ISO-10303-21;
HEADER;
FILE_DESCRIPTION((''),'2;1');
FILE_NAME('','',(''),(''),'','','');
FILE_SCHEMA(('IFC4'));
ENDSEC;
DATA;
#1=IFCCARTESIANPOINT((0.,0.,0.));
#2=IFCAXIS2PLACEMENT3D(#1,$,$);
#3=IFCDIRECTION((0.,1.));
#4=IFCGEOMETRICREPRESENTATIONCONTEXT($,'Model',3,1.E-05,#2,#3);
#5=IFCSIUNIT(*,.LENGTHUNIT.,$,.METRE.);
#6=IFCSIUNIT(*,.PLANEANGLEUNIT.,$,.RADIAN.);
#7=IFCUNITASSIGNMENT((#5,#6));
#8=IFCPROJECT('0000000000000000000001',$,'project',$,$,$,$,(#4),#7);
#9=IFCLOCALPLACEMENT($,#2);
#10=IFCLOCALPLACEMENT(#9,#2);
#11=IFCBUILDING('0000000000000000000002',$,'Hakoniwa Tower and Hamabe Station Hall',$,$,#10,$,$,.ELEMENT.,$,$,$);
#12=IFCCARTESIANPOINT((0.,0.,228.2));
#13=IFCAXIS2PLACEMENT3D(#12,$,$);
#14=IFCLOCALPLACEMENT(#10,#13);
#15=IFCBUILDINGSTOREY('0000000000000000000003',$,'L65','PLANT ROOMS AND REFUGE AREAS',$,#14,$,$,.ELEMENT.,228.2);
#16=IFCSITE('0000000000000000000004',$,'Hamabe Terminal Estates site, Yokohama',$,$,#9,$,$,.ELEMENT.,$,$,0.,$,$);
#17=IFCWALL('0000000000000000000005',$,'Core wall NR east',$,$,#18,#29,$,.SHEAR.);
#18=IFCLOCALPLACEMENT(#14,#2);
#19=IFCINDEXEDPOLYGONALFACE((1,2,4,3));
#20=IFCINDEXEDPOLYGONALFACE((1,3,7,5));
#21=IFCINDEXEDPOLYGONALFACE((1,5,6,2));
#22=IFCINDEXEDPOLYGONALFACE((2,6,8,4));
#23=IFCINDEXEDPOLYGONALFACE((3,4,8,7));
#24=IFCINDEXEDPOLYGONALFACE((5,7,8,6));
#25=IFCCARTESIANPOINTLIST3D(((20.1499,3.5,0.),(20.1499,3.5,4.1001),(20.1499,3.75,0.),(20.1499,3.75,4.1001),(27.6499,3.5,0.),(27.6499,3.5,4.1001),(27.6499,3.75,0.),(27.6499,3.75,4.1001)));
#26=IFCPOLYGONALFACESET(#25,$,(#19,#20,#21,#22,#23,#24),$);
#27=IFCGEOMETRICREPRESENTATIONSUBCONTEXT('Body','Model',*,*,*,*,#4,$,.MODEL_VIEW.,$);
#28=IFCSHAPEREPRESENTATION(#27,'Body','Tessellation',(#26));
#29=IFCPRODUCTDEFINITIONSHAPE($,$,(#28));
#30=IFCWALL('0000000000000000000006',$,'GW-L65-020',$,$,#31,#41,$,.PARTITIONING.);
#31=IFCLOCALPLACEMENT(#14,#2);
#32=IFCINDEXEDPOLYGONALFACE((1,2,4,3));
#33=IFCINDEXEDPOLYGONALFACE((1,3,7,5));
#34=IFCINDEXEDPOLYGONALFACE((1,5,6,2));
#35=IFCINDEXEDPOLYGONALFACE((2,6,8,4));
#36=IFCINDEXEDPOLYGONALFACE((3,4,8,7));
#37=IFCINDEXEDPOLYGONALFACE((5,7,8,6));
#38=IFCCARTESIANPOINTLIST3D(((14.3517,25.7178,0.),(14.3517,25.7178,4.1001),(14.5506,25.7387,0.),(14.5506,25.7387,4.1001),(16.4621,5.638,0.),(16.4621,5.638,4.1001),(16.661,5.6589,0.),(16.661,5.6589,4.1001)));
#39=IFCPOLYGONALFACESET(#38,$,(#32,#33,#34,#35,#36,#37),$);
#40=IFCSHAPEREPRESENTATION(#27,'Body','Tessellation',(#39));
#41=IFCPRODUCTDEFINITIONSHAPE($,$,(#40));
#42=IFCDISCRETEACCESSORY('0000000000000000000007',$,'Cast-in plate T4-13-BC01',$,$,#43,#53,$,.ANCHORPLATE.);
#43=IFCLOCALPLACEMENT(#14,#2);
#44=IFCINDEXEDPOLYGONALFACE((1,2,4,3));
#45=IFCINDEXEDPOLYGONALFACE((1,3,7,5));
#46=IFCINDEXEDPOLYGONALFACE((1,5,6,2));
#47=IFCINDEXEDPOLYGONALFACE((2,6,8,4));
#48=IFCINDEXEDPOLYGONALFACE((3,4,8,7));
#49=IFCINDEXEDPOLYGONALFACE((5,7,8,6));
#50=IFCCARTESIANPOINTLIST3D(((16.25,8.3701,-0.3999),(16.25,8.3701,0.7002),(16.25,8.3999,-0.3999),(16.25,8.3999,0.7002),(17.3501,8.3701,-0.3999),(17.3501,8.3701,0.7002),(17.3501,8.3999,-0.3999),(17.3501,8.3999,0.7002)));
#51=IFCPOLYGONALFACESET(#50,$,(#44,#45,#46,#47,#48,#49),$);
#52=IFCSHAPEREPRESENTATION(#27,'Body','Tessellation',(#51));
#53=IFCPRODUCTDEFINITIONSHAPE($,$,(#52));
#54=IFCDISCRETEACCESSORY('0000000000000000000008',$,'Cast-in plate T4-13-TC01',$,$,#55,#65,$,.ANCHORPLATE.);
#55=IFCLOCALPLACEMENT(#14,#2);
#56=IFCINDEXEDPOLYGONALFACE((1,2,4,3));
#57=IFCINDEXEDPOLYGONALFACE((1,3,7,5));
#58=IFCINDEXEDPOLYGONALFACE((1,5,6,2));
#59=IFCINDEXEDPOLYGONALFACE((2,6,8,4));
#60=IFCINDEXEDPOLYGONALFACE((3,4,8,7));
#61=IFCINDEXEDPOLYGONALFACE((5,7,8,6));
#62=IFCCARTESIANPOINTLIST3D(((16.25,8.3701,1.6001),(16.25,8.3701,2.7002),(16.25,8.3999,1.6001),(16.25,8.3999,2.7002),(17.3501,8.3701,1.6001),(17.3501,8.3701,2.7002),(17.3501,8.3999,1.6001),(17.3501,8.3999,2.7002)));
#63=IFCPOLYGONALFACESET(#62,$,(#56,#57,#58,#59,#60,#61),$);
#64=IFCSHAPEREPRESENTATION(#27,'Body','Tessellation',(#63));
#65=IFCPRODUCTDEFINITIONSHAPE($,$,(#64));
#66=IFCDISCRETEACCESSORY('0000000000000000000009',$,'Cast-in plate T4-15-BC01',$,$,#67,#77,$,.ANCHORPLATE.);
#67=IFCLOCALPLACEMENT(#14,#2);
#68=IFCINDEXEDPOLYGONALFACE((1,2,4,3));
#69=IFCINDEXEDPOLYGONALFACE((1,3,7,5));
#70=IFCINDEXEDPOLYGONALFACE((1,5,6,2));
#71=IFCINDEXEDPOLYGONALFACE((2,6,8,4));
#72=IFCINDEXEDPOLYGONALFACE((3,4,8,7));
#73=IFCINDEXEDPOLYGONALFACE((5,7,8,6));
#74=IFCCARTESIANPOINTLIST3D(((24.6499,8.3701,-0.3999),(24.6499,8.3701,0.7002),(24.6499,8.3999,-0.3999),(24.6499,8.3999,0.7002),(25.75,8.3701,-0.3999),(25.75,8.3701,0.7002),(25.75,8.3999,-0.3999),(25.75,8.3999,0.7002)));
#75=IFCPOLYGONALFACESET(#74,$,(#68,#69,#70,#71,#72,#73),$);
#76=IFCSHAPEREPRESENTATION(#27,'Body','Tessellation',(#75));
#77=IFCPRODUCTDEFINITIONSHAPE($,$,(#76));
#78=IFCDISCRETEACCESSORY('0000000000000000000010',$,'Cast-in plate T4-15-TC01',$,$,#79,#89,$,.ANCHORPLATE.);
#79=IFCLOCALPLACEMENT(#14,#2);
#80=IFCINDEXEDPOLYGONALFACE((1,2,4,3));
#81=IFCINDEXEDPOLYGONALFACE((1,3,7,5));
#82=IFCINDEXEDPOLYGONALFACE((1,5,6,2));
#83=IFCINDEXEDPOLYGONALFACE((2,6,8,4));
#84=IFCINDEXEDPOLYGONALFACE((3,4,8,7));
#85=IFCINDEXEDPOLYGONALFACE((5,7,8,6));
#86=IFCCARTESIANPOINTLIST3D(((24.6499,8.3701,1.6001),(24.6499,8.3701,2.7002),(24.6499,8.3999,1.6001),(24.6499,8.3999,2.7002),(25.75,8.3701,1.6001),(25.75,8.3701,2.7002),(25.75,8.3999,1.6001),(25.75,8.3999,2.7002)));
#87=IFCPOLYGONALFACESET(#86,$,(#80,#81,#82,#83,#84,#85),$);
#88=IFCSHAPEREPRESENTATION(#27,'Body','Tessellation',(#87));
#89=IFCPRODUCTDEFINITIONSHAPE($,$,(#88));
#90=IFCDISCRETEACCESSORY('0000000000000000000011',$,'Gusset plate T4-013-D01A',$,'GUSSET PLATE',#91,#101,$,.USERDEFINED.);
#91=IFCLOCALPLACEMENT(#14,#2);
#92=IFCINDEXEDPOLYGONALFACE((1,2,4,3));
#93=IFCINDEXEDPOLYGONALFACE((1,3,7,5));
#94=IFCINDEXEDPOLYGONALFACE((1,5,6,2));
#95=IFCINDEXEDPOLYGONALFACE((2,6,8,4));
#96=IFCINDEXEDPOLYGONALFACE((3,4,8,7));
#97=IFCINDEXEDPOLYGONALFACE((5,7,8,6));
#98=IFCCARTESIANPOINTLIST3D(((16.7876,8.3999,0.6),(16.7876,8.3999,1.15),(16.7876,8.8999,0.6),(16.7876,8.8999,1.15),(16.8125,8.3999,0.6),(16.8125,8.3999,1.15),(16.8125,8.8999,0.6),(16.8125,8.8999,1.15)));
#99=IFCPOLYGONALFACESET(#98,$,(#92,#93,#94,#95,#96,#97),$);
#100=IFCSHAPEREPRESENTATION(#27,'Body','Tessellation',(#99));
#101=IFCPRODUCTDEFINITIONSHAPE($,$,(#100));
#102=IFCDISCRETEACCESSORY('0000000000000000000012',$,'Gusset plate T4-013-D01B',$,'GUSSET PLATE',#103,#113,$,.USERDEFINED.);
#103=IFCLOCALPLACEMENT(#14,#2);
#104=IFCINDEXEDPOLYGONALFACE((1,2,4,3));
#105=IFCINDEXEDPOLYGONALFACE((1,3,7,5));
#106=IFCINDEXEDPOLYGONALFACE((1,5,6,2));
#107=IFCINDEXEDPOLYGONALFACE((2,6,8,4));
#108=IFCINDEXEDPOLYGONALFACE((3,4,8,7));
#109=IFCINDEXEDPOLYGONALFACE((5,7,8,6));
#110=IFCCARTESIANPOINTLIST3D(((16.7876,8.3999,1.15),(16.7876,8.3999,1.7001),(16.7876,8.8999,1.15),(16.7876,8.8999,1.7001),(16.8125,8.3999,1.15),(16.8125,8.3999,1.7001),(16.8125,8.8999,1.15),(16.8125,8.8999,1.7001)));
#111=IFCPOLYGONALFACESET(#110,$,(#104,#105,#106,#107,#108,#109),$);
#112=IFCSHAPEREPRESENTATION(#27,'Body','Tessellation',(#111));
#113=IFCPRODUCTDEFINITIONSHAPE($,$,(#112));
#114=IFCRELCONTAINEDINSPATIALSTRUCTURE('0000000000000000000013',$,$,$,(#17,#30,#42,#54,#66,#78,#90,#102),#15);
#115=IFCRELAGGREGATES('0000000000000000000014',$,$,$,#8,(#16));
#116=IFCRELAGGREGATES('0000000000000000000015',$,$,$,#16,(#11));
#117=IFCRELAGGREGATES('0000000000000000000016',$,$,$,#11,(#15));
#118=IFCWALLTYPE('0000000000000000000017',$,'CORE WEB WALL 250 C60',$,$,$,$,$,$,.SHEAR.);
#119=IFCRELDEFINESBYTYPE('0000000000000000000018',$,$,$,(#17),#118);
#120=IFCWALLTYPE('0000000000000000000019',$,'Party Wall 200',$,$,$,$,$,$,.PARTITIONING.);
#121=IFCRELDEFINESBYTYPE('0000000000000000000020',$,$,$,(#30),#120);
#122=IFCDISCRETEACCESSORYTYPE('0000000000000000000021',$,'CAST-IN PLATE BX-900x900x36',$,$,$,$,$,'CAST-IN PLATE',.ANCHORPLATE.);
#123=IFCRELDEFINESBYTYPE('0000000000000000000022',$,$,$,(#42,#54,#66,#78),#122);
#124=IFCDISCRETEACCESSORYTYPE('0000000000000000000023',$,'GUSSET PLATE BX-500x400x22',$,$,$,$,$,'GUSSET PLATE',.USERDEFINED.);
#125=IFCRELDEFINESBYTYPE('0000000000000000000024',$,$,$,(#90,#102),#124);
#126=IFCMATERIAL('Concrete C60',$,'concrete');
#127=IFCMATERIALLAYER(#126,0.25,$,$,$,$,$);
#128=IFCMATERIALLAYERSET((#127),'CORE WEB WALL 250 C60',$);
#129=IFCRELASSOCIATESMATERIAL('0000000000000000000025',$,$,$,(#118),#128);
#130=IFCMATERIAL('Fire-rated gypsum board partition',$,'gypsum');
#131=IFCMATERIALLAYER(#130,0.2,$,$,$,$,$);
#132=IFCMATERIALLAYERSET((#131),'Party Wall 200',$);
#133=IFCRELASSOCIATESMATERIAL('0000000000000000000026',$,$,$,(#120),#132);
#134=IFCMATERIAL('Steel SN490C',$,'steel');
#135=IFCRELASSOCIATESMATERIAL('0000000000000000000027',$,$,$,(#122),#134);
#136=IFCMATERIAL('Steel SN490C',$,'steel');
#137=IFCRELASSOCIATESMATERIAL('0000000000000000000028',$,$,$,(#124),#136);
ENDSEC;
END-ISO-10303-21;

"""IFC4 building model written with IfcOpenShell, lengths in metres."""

from ifc_helpers import new_model, si_unit, direction, frame, frame_2d, origin, origin_2d, place, context, subcontext, project, spatial, rectangle, extrude, material, layer, layer_set, material_profile, profile_set, type_object, element, save


model = new_model("IFC4")

# Units and contexts
model_context = context("Model", 3, precision=1e-05, world=origin(), true_north=direction((0.0, 1.0)))
body_context = subcontext(model_context, "Body", "Model", "MODEL_VIEW")
ifc_project = project(units=[si_unit("LENGTHUNIT", "METRE"), si_unit("PLANEANGLEUNIT", "RADIAN")], contexts=[model_context])

# Site, building, storey
site_placement = place(None, origin())
site = spatial("IfcSite", under=ifc_project, at=site_placement, Name="Hamabe Terminal Estates site, Yokohama", CompositionType="ELEMENT", RefElevation=0.0)
building_placement = place(site_placement, origin())
building = spatial("IfcBuilding", under=site, at=building_placement, Name="Hakoniwa Tower and Hamabe Station Hall", CompositionType="ELEMENT")
storey_placement = place(building_placement, frame((0.0, 0.0, 228.2)))
storey = spatial("IfcBuildingStorey", under=building, at=storey_placement, Name="L65", Description="PLANT ROOMS AND REFUGE AREAS", CompositionType="ELEMENT", Elevation=228.2)

# Walls
ifc_material_1 = material(Name="Concrete C60", Category="concrete")
ifc_layer_1 = layer(ifc_material_1, 0.25)
ifc_layer_set_1 = layer_set([ifc_layer_1], Name="CORE WEB WALL 250 C60")
wall_type_1 = type_object("IfcWallType", Name="CORE WEB WALL 250 C60", PredefinedType="SHEAR", material=ifc_layer_set_1)
wall_1_placement = place(storey_placement, frame((20.1499, 3.625, 0.0), z_axis=(0.0, 0.0, 1.0), x_axis=(1.0, 0.0, 0.0)))
element("IfcWall", 1, at=wall_1_placement, inside=storey, type_object=wall_type_1, Name="Core wall NR east", PredefinedType="SHEAR", context=body_context, shape_type="SweptSolid", body=[
    extrude(rectangle(XDim=7.5, YDim=0.25, at=frame_2d((3.75, 0.0))), origin(), (0.0, 0.0, 1.0), 4.1001),
])
ifc_material_2 = material(Name="Fire-rated gypsum board partition", Category="gypsum")
ifc_layer_2 = layer(ifc_material_2, 0.2)
ifc_layer_set_2 = layer_set([ifc_layer_2], Name="Party Wall 200")
wall_type_2 = type_object("IfcWallType", Name="Party Wall 200", PredefinedType="PARTITIONING", material=ifc_layer_set_2)
wall_2_placement = place(storey_placement, frame((16.5615, 5.6484, 0.0), z_axis=(0.0, 0.0, 1.0), x_axis=(-0.104522, 0.994523, 0.0)))
element("IfcWall", 2, at=wall_2_placement, inside=storey, type_object=wall_type_2, Name="GW-L65-020", PredefinedType="PARTITIONING", context=body_context, shape_type="SweptSolid", body=[
    extrude(rectangle(XDim=20.1904, YDim=0.2, at=frame_2d((10.0952, 0.0))), origin(), (0.0, 0.0, 1.0), 4.1001),
])

# Discrete accessories
ifc_material_3 = material(Name="Steel SN490C", Category="steel")
ifc_material_profile_1 = material_profile(ifc_material_3, rectangle(XDim=1.1001, YDim=1.1001, at=origin_2d()), Name="CAST-IN PLATE BX-900x900x36")
ifc_profile_set_1 = profile_set([ifc_material_profile_1], Name="Steel SN490C")
discrete_accessory_type_1 = type_object("IfcDiscreteAccessoryType", Name="CAST-IN PLATE BX-900x900x36", ElementType="CAST-IN PLATE", PredefinedType="ANCHORPLATE", material=ifc_profile_set_1)
for number, where, z_axis, x_axis, name in (
    (3, (16.8, 8.3701, 0.1501), (0.0, 1.0, 0.0), (-1.0, 0.0, 0.0), "Cast-in plate T4-13-BC01"),
    (4, (16.8, 8.3701, 2.1501), (0.0, 1.0, 0.0), (-1.0, 0.0, 0.0), "Cast-in plate T4-13-TC01"),
    (5, (25.2, 8.3701, 0.1501), (0.0, 1.0, 0.0), (-1.0, 0.0, 0.0), "Cast-in plate T4-15-BC01"),
    (6, (25.2, 8.3701, 2.1501), (0.0, 1.0, 0.0), (-1.0, 0.0, 0.0), "Cast-in plate T4-15-TC01"),
):
    element("IfcDiscreteAccessory", number, at=place(storey_placement, frame(where, z_axis=z_axis, x_axis=x_axis)), inside=storey, type_object=discrete_accessory_type_1, Name=name, PredefinedType="ANCHORPLATE", context=body_context, shape_type="SweptSolid", body=[
        extrude(rectangle(XDim=1.1001, YDim=1.1001, at=origin_2d()), origin(), (0.0, 0.0, 1.0), 0.0298),
    ])
ifc_material_4 = material(Name="Steel SN490C", Category="steel")
ifc_material_profile_2 = material_profile(ifc_material_4, rectangle(XDim=0.5, YDim=0.55, at=origin_2d()), Name="GUSSET PLATE BX-500x400x22")
ifc_profile_set_2 = profile_set([ifc_material_profile_2], Name="Steel SN490C")
discrete_accessory_type_2 = type_object("IfcDiscreteAccessoryType", Name="GUSSET PLATE BX-500x400x22", ElementType="GUSSET PLATE", PredefinedType="USERDEFINED", material=ifc_profile_set_2)
for number, where, z_axis, x_axis, name in (
    (7, (16.8125, 8.6499, 0.875), (-1.0, 0.0, 0.0), (0.0, -1.0, 0.0), "Gusset plate T4-013-D01A"),
    (8, (16.8125, 8.6499, 1.425), (-1.0, 0.0, 0.0), (0.0, -1.0, 0.0), "Gusset plate T4-013-D01B"),
):
    element("IfcDiscreteAccessory", number, at=place(storey_placement, frame(where, z_axis=z_axis, x_axis=x_axis)), inside=storey, type_object=discrete_accessory_type_2, Name=name, ObjectType="GUSSET PLATE", PredefinedType="USERDEFINED", context=body_context, shape_type="SweptSolid", body=[
        extrude(rectangle(XDim=0.5, YDim=0.55, at=origin_2d()), origin(), (0.0, 0.0, 1.0), 0.0249),
    ])

save(model, "model.ifc")
